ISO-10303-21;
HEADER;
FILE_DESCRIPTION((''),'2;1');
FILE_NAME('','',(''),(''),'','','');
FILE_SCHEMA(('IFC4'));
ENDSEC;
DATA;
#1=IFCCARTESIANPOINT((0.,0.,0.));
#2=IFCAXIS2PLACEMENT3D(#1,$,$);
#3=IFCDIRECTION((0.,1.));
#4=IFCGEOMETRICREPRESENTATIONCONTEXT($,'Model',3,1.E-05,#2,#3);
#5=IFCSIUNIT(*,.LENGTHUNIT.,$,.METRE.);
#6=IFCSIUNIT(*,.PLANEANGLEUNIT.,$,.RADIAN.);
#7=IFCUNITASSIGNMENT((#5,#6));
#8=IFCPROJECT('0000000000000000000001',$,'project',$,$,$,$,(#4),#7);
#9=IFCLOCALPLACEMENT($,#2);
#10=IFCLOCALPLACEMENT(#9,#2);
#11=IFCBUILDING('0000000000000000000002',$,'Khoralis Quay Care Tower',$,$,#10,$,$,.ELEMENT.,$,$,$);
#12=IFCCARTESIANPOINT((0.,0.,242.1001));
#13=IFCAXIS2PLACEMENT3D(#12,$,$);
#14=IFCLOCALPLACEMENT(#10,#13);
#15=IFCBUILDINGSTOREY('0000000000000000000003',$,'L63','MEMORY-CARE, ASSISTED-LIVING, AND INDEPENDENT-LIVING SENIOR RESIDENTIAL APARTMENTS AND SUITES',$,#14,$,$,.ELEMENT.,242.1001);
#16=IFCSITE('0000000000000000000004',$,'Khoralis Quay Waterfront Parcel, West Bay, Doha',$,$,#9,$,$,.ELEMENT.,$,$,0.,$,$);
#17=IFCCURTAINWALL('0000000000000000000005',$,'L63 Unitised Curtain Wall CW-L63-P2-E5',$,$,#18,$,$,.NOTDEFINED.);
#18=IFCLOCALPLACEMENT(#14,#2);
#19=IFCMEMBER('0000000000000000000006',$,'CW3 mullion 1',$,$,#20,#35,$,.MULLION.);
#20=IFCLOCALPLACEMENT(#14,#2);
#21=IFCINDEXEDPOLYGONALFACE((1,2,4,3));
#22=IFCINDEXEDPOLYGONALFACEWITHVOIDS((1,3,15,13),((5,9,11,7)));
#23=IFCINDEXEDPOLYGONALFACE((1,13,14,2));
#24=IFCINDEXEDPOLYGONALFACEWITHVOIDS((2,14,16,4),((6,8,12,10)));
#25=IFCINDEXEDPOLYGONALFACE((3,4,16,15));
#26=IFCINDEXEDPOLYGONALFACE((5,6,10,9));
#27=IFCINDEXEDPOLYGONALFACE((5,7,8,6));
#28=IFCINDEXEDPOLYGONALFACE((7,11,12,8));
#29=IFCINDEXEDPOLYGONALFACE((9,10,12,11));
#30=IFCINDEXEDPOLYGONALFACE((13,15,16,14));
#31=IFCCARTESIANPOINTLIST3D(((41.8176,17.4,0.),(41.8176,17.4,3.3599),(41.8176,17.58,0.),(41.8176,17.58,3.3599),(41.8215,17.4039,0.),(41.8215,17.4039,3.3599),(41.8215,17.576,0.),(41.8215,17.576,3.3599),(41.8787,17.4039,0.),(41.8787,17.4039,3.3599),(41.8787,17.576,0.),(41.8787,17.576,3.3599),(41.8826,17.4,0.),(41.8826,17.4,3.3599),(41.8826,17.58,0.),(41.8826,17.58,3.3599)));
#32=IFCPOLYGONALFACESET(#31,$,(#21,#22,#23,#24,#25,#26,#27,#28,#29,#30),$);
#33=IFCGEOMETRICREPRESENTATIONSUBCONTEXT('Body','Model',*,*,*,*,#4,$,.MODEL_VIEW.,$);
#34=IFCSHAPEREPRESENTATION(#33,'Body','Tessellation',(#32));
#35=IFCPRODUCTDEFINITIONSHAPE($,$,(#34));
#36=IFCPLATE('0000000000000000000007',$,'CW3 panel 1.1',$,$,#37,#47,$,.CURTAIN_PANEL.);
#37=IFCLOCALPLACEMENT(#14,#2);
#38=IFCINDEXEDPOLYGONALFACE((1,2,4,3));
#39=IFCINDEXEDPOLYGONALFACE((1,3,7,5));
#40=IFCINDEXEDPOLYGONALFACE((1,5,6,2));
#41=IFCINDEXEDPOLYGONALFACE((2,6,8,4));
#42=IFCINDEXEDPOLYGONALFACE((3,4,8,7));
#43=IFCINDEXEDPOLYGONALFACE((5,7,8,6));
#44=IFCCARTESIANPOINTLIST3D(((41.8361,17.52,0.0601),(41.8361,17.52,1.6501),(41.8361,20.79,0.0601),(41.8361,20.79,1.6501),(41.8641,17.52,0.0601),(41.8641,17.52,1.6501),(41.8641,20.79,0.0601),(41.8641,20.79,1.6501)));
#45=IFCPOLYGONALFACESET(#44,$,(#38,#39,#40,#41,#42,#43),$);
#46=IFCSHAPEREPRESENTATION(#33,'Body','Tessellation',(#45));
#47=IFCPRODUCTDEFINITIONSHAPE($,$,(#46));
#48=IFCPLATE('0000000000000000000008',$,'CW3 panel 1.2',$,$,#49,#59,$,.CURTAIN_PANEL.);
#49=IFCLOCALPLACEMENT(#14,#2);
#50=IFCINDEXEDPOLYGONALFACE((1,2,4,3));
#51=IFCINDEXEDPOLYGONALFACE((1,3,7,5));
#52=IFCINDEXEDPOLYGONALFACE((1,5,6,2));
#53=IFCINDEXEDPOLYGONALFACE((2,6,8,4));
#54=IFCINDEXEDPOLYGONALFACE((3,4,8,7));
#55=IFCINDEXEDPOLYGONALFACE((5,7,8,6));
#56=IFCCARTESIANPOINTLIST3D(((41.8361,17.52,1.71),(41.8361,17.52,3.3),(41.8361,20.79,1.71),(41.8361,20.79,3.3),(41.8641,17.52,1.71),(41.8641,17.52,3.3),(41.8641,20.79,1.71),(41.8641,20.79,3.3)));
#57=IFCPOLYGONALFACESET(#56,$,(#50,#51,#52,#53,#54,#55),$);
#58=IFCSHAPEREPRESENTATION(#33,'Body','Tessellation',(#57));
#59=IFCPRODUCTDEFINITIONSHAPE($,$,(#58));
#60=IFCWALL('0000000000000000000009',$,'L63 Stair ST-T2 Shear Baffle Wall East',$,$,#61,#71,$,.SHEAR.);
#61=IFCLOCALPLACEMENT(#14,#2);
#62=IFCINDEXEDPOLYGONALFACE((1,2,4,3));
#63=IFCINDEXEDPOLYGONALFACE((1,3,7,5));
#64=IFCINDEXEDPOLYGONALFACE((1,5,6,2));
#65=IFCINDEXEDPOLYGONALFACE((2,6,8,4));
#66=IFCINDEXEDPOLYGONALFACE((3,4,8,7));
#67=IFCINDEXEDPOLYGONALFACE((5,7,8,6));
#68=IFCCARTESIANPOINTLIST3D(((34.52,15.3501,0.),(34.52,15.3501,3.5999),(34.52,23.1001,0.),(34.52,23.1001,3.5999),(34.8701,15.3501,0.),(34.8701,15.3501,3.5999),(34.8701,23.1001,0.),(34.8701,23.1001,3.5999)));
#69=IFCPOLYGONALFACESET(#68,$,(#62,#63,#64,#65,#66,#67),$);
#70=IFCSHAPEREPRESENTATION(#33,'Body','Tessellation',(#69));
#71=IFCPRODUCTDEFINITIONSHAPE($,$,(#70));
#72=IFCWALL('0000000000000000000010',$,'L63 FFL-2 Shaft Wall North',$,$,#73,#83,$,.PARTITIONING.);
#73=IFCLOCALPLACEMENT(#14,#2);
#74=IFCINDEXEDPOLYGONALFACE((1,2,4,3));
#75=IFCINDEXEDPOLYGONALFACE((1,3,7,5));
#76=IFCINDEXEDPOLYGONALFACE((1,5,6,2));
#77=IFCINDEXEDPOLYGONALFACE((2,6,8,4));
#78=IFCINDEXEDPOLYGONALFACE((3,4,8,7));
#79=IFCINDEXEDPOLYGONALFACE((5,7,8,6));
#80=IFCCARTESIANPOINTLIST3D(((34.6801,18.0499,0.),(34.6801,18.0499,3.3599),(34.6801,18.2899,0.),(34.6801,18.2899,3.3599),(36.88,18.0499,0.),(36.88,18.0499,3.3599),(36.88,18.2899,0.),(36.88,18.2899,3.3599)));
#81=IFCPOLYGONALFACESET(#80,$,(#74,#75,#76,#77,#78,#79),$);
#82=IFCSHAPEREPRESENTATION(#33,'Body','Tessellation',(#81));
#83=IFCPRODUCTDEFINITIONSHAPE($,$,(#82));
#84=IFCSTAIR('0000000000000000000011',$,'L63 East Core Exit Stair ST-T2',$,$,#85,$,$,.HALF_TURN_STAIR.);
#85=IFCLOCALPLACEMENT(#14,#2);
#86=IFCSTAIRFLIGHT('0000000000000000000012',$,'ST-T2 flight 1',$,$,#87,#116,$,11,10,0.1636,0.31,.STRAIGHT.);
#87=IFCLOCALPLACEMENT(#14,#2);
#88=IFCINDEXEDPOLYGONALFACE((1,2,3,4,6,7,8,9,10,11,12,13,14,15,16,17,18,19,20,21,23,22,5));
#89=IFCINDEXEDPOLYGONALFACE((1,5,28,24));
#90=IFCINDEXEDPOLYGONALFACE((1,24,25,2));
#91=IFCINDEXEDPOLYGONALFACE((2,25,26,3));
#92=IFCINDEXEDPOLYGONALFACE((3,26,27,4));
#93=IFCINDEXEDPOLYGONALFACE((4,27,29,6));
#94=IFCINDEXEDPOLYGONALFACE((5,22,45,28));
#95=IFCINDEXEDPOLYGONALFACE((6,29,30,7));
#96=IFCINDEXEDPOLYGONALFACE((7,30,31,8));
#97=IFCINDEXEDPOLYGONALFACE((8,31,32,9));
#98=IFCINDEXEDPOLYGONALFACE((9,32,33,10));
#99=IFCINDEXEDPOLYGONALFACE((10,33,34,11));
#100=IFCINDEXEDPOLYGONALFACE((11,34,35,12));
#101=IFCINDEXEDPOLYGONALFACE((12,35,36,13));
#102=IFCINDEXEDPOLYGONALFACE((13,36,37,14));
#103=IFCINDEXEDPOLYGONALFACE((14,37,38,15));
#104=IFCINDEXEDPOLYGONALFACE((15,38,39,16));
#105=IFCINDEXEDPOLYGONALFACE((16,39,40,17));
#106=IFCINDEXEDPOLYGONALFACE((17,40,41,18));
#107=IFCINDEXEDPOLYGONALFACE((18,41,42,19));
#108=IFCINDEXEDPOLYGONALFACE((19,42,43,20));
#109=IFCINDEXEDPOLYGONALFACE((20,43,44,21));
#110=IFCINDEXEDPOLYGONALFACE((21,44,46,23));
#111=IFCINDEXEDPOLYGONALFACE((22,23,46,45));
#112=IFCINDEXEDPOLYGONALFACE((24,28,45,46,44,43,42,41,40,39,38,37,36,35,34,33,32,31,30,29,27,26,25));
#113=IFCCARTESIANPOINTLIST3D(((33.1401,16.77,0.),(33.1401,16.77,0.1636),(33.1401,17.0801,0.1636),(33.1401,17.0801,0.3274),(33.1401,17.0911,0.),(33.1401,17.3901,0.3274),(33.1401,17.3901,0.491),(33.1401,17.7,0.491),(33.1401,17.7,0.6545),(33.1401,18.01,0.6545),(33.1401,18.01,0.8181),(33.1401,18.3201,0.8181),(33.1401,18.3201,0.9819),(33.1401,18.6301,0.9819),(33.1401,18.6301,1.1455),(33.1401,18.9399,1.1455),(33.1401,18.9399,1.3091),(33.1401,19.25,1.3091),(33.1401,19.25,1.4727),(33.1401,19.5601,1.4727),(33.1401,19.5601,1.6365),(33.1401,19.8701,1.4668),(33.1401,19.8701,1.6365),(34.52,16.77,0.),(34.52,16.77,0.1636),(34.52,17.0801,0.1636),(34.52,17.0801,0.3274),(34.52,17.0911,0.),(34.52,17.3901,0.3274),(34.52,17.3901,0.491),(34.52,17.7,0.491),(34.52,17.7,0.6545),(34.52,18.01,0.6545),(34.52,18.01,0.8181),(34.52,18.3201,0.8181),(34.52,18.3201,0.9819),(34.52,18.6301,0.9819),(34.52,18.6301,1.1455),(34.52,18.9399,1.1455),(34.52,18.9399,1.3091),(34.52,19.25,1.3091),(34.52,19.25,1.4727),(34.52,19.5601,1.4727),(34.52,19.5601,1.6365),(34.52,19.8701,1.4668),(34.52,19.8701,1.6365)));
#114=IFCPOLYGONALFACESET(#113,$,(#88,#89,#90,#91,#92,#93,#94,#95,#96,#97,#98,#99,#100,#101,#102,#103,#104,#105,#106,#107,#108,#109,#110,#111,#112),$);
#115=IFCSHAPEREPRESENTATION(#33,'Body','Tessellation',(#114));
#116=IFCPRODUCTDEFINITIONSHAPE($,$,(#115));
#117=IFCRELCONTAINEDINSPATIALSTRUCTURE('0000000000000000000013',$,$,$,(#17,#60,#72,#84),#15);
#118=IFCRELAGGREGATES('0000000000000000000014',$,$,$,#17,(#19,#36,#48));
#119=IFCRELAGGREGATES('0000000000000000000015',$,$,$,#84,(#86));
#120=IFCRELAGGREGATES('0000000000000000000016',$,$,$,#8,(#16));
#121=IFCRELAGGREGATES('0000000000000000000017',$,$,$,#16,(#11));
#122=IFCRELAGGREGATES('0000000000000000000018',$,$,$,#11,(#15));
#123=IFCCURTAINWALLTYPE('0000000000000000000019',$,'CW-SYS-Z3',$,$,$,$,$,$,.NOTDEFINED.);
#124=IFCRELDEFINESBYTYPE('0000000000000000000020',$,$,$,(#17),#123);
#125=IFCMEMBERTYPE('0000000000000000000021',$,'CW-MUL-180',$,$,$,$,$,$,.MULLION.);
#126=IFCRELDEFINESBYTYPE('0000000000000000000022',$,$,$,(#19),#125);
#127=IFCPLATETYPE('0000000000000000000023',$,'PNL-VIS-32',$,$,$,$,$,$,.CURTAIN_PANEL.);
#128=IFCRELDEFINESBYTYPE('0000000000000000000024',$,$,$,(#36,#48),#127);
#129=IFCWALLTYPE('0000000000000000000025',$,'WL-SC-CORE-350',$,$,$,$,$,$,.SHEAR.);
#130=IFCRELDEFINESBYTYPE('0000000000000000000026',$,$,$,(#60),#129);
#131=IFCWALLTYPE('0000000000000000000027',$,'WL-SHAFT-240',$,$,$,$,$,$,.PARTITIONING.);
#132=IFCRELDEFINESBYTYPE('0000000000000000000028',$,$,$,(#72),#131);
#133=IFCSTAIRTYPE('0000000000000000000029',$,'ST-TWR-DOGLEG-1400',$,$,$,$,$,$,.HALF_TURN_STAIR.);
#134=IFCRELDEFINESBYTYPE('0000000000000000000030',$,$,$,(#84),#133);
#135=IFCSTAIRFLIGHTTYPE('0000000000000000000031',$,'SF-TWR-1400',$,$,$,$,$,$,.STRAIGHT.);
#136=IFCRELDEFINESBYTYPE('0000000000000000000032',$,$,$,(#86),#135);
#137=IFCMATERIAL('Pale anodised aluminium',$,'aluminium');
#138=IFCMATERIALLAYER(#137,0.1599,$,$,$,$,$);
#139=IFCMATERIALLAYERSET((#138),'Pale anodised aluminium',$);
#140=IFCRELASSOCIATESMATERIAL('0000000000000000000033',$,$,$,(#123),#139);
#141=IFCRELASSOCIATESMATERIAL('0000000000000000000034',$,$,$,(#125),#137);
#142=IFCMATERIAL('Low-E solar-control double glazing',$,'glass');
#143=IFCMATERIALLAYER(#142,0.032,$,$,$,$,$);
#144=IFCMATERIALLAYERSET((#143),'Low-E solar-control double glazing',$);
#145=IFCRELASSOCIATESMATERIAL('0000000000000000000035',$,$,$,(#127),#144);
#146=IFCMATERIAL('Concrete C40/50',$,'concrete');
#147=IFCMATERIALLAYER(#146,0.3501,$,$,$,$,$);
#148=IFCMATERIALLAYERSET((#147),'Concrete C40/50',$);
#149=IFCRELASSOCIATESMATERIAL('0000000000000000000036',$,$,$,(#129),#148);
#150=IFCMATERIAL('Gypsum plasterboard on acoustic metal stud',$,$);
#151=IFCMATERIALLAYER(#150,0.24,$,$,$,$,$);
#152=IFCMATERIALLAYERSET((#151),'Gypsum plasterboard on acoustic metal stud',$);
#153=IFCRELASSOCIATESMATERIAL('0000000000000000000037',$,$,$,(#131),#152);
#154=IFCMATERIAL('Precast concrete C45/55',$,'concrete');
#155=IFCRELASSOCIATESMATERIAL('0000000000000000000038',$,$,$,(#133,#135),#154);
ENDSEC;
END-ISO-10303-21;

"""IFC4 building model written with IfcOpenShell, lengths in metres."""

from ifc_helpers import new_model, si_unit, direction, frame, frame_2d, origin, origin_2d, place, context, subcontext, project, spatial, polyline, rectangle, hollow_rectangle, outline, extrude, source, transform, mapped, material, layer, layer_set, material_profile, profile_set, type_object, element, aggregate, save


model = new_model("IFC4")

# Units and contexts
model_context = context("Model", 3, precision=1e-05, world=origin(), true_north=direction((0.0, 1.0)))
body_context = subcontext(model_context, "Body", "Model", "MODEL_VIEW")
ifc_project = project(units=[si_unit("LENGTHUNIT", "METRE"), si_unit("PLANEANGLEUNIT", "RADIAN")], contexts=[model_context])

# Site, building, storey
site_placement = place(None, origin())
site = spatial("IfcSite", under=ifc_project, at=site_placement, Name="Khoralis Quay Waterfront Parcel, West Bay, Doha", CompositionType="ELEMENT", RefElevation=0.0)
building_placement = place(site_placement, origin())
building = spatial("IfcBuilding", under=site, at=building_placement, Name="Khoralis Quay Care Tower", CompositionType="ELEMENT")
storey_placement = place(building_placement, frame((0.0, 0.0, 242.1001)))
storey = spatial("IfcBuildingStorey", under=building, at=storey_placement, Name="L63", Description="MEMORY-CARE, ASSISTED-LIVING, AND INDEPENDENT-LIVING SENIOR RESIDENTIAL APARTMENTS AND SUITES", CompositionType="ELEMENT", Elevation=242.1001)

# Curtain wall, member, plates
ifc_material_1 = material(Name="Pale anodised aluminium", Category="aluminium")
ifc_layer_1 = layer(ifc_material_1, 0.1599)
ifc_layer_set_1 = layer_set([ifc_layer_1], Name="Pale anodised aluminium")
curtain_wall_type = type_object("IfcCurtainWallType", Name="CW-SYS-Z3", PredefinedType="NOTDEFINED", material=ifc_layer_set_1)
curtain_wall_placement = place(storey_placement, origin())
curtain_wall = element("IfcCurtainWall", 1, at=curtain_wall_placement, inside=storey, type_object=curtain_wall_type, Name="L63 Unitised Curtain Wall CW-L63-P2-E5", PredefinedType="NOTDEFINED")
ifc_material_profile_1 = material_profile(ifc_material_1, hollow_rectangle(XDim=0.0649, YDim=0.1799, WallThickness=0.0039, at=origin_2d()), Name="Pale anodised aluminium")
ifc_profile_set_1 = profile_set([ifc_material_profile_1], Name="Pale anodised aluminium")
member_type_1 = type_object("IfcMemberType", Name="CW-MUL-180", PredefinedType="MULLION", material=ifc_profile_set_1)
shared_shape_1 = source(origin(), body_context, "Body", "SweptSolid", [
    extrude(hollow_rectangle(XDim=0.0649, YDim=0.1799, WallThickness=0.0039, at=origin_2d()), origin(), (0.0, 0.0, 1.0), 3.3599),
])
member_1_placement = place(storey_placement, frame((41.8501, 17.49, 0.0), z_axis=(0.0, 0.0, 1.0), x_axis=(-1.0, 0.0, 0.0)))
member_1 = element("IfcMember", 2, at=member_1_placement, type_object=member_type_1, Name="CW3 mullion 1", PredefinedType="MULLION", context=body_context, shape_type="MappedRepresentation", body=[
    mapped(shared_shape_1, transform((0.0, 0.0, 0.0), scale=1.0)),
])
ifc_material_2 = material(Name="Low-E solar-control double glazing", Category="glass")
ifc_layer_2 = layer(ifc_material_2, 0.032)
ifc_layer_set_2 = layer_set([ifc_layer_2], Name="Low-E solar-control double glazing")
plate_type = type_object("IfcPlateType", Name="PNL-VIS-32", PredefinedType="CURTAIN_PANEL", material=ifc_layer_set_2)
shared_shape_2 = source(origin(), body_context, "Body", "SweptSolid", [
    extrude(rectangle(XDim=3.27, YDim=0.0281, at=origin_2d()), origin(), (0.0, 0.0, 1.0), 1.5901),
])
plate_1_placement = place(storey_placement, frame((41.8501, 19.155, 0.0601), z_axis=(0.0, 0.0, 1.0), x_axis=(0.0, 1.0, 0.0)))
plate_1 = element("IfcPlate", 3, at=plate_1_placement, type_object=plate_type, Name="CW3 panel 1.1", PredefinedType="CURTAIN_PANEL", context=body_context, shape_type="MappedRepresentation", body=[
    mapped(shared_shape_2, transform((0.0, 0.0, 0.0), scale=1.0)),
])
plate_2_placement = place(storey_placement, frame((41.8501, 19.155, 1.71), z_axis=(0.0, 0.0, 1.0), x_axis=(0.0, 1.0, 0.0)))
plate_2 = element("IfcPlate", 4, at=plate_2_placement, type_object=plate_type, Name="CW3 panel 1.2", PredefinedType="CURTAIN_PANEL", context=body_context, shape_type="MappedRepresentation", body=[
    mapped(shared_shape_2, transform((0.0, 0.0, 0.0), scale=1.0)),
])
aggregate(curtain_wall, [member_1, plate_1, plate_2])

# Walls
ifc_material_3 = material(Name="Concrete C40/50", Category="concrete")
ifc_layer_3 = layer(ifc_material_3, 0.3501)
ifc_layer_set_3 = layer_set([ifc_layer_3], Name="Concrete C40/50")
wall_type_1 = type_object("IfcWallType", Name="WL-SC-CORE-350", PredefinedType="SHEAR", material=ifc_layer_set_3)
wall_1_placement = place(storey_placement, frame((34.6951, 15.3501, 0.0), z_axis=(0.0, 0.0, 1.0), x_axis=(0.0, 1.0, 0.0)))
element("IfcWall", 5, at=wall_1_placement, inside=storey, type_object=wall_type_1, Name="L63 Stair ST-T2 Shear Baffle Wall East", PredefinedType="SHEAR", context=body_context, shape_type="SweptSolid", body=[
    extrude(rectangle(XDim=7.75, YDim=0.3501, at=frame_2d((3.875, 0.0))), origin(), (0.0, 0.0, 1.0), 3.5999),
])
ifc_material_4 = material(Name="Gypsum plasterboard on acoustic metal stud")
ifc_layer_4 = layer(ifc_material_4, 0.24)
ifc_layer_set_4 = layer_set([ifc_layer_4], Name="Gypsum plasterboard on acoustic metal stud")
wall_type_2 = type_object("IfcWallType", Name="WL-SHAFT-240", PredefinedType="PARTITIONING", material=ifc_layer_set_4)
wall_2_placement = place(storey_placement, frame((34.6799, 18.1699, 0.0), z_axis=(0.0, 0.0, 1.0), x_axis=(1.0, 0.0, 0.0)))
element("IfcWall", 6, at=wall_2_placement, inside=storey, type_object=wall_type_2, Name="L63 FFL-2 Shaft Wall North", PredefinedType="PARTITIONING", context=body_context, shape_type="SweptSolid", body=[
    extrude(rectangle(XDim=2.2, YDim=0.24, at=frame_2d((1.1001, 0.0))), origin(), (0.0, 0.0, 1.0), 3.3599),
])

# Stair, stair flight
ifc_material_5 = material(Name="Precast concrete C45/55", Category="concrete")
stair_type = type_object("IfcStairType", Name="ST-TWR-DOGLEG-1400", PredefinedType="HALF_TURN_STAIR", material=ifc_material_5)
stair_placement = place(storey_placement, origin())
stair = element("IfcStair", 7, at=stair_placement, inside=storey, type_object=stair_type, Name="L63 East Core Exit Stair ST-T2", PredefinedType="HALF_TURN_STAIR")
stair_flight_type = type_object("IfcStairFlightType", Name="SF-TWR-1400", PredefinedType="STRAIGHT", material=ifc_material_5)
shared_shape_3 = source(origin(), body_context, "Body", "SweptSolid", [
    extrude(outline(polyline([(0.0, 0.0), (0.0, 0.1636), (0.3101, 0.1636), (0.3101, 0.3274), (0.6201, 0.3274), (0.6201, 0.491), (0.9299, 0.491), (0.9299, 0.6545), (1.24, 0.6545), (1.24, 0.8181), (1.55, 0.8181), (1.55, 0.9819), (1.8601, 0.9819), (1.8601, 1.1455), (2.1699, 1.1455), (2.1699, 1.3091), (2.48, 1.3091), (2.48, 1.4727), (2.79, 1.4727), (2.79, 1.6365), (3.1001, 1.6365), (3.1001, 1.8), (3.1001, 1.4668), (0.321, 0.0), (0.0, 0.0)])), frame((0.0, 0.6899, 0.0), z_axis=(0.0, -1.0, 0.0), x_axis=(1.0, 0.0, 0.0)), (0.0, 0.0, 1.0), 1.3799),
])
stair_flight_placement = place(storey_placement, frame((33.8301, 16.77, 0.0), z_axis=(0.0, 0.0, 1.0), x_axis=(0.0, 1.0, 0.0)))
stair_flight = element("IfcStairFlight", 8, at=stair_flight_placement, type_object=stair_flight_type, Name="ST-T2 flight 1", NumberOfRisers=11, NumberOfTreads=10, PredefinedType="STRAIGHT", RiserHeight=0.1636, TreadLength=0.31, context=body_context, shape_type="MappedRepresentation", body=[
    mapped(shared_shape_3, transform((0.0, 0.0, 0.0), scale=1.0)),
])
aggregate(stair, [stair_flight])

save(model, "model.ifc")
